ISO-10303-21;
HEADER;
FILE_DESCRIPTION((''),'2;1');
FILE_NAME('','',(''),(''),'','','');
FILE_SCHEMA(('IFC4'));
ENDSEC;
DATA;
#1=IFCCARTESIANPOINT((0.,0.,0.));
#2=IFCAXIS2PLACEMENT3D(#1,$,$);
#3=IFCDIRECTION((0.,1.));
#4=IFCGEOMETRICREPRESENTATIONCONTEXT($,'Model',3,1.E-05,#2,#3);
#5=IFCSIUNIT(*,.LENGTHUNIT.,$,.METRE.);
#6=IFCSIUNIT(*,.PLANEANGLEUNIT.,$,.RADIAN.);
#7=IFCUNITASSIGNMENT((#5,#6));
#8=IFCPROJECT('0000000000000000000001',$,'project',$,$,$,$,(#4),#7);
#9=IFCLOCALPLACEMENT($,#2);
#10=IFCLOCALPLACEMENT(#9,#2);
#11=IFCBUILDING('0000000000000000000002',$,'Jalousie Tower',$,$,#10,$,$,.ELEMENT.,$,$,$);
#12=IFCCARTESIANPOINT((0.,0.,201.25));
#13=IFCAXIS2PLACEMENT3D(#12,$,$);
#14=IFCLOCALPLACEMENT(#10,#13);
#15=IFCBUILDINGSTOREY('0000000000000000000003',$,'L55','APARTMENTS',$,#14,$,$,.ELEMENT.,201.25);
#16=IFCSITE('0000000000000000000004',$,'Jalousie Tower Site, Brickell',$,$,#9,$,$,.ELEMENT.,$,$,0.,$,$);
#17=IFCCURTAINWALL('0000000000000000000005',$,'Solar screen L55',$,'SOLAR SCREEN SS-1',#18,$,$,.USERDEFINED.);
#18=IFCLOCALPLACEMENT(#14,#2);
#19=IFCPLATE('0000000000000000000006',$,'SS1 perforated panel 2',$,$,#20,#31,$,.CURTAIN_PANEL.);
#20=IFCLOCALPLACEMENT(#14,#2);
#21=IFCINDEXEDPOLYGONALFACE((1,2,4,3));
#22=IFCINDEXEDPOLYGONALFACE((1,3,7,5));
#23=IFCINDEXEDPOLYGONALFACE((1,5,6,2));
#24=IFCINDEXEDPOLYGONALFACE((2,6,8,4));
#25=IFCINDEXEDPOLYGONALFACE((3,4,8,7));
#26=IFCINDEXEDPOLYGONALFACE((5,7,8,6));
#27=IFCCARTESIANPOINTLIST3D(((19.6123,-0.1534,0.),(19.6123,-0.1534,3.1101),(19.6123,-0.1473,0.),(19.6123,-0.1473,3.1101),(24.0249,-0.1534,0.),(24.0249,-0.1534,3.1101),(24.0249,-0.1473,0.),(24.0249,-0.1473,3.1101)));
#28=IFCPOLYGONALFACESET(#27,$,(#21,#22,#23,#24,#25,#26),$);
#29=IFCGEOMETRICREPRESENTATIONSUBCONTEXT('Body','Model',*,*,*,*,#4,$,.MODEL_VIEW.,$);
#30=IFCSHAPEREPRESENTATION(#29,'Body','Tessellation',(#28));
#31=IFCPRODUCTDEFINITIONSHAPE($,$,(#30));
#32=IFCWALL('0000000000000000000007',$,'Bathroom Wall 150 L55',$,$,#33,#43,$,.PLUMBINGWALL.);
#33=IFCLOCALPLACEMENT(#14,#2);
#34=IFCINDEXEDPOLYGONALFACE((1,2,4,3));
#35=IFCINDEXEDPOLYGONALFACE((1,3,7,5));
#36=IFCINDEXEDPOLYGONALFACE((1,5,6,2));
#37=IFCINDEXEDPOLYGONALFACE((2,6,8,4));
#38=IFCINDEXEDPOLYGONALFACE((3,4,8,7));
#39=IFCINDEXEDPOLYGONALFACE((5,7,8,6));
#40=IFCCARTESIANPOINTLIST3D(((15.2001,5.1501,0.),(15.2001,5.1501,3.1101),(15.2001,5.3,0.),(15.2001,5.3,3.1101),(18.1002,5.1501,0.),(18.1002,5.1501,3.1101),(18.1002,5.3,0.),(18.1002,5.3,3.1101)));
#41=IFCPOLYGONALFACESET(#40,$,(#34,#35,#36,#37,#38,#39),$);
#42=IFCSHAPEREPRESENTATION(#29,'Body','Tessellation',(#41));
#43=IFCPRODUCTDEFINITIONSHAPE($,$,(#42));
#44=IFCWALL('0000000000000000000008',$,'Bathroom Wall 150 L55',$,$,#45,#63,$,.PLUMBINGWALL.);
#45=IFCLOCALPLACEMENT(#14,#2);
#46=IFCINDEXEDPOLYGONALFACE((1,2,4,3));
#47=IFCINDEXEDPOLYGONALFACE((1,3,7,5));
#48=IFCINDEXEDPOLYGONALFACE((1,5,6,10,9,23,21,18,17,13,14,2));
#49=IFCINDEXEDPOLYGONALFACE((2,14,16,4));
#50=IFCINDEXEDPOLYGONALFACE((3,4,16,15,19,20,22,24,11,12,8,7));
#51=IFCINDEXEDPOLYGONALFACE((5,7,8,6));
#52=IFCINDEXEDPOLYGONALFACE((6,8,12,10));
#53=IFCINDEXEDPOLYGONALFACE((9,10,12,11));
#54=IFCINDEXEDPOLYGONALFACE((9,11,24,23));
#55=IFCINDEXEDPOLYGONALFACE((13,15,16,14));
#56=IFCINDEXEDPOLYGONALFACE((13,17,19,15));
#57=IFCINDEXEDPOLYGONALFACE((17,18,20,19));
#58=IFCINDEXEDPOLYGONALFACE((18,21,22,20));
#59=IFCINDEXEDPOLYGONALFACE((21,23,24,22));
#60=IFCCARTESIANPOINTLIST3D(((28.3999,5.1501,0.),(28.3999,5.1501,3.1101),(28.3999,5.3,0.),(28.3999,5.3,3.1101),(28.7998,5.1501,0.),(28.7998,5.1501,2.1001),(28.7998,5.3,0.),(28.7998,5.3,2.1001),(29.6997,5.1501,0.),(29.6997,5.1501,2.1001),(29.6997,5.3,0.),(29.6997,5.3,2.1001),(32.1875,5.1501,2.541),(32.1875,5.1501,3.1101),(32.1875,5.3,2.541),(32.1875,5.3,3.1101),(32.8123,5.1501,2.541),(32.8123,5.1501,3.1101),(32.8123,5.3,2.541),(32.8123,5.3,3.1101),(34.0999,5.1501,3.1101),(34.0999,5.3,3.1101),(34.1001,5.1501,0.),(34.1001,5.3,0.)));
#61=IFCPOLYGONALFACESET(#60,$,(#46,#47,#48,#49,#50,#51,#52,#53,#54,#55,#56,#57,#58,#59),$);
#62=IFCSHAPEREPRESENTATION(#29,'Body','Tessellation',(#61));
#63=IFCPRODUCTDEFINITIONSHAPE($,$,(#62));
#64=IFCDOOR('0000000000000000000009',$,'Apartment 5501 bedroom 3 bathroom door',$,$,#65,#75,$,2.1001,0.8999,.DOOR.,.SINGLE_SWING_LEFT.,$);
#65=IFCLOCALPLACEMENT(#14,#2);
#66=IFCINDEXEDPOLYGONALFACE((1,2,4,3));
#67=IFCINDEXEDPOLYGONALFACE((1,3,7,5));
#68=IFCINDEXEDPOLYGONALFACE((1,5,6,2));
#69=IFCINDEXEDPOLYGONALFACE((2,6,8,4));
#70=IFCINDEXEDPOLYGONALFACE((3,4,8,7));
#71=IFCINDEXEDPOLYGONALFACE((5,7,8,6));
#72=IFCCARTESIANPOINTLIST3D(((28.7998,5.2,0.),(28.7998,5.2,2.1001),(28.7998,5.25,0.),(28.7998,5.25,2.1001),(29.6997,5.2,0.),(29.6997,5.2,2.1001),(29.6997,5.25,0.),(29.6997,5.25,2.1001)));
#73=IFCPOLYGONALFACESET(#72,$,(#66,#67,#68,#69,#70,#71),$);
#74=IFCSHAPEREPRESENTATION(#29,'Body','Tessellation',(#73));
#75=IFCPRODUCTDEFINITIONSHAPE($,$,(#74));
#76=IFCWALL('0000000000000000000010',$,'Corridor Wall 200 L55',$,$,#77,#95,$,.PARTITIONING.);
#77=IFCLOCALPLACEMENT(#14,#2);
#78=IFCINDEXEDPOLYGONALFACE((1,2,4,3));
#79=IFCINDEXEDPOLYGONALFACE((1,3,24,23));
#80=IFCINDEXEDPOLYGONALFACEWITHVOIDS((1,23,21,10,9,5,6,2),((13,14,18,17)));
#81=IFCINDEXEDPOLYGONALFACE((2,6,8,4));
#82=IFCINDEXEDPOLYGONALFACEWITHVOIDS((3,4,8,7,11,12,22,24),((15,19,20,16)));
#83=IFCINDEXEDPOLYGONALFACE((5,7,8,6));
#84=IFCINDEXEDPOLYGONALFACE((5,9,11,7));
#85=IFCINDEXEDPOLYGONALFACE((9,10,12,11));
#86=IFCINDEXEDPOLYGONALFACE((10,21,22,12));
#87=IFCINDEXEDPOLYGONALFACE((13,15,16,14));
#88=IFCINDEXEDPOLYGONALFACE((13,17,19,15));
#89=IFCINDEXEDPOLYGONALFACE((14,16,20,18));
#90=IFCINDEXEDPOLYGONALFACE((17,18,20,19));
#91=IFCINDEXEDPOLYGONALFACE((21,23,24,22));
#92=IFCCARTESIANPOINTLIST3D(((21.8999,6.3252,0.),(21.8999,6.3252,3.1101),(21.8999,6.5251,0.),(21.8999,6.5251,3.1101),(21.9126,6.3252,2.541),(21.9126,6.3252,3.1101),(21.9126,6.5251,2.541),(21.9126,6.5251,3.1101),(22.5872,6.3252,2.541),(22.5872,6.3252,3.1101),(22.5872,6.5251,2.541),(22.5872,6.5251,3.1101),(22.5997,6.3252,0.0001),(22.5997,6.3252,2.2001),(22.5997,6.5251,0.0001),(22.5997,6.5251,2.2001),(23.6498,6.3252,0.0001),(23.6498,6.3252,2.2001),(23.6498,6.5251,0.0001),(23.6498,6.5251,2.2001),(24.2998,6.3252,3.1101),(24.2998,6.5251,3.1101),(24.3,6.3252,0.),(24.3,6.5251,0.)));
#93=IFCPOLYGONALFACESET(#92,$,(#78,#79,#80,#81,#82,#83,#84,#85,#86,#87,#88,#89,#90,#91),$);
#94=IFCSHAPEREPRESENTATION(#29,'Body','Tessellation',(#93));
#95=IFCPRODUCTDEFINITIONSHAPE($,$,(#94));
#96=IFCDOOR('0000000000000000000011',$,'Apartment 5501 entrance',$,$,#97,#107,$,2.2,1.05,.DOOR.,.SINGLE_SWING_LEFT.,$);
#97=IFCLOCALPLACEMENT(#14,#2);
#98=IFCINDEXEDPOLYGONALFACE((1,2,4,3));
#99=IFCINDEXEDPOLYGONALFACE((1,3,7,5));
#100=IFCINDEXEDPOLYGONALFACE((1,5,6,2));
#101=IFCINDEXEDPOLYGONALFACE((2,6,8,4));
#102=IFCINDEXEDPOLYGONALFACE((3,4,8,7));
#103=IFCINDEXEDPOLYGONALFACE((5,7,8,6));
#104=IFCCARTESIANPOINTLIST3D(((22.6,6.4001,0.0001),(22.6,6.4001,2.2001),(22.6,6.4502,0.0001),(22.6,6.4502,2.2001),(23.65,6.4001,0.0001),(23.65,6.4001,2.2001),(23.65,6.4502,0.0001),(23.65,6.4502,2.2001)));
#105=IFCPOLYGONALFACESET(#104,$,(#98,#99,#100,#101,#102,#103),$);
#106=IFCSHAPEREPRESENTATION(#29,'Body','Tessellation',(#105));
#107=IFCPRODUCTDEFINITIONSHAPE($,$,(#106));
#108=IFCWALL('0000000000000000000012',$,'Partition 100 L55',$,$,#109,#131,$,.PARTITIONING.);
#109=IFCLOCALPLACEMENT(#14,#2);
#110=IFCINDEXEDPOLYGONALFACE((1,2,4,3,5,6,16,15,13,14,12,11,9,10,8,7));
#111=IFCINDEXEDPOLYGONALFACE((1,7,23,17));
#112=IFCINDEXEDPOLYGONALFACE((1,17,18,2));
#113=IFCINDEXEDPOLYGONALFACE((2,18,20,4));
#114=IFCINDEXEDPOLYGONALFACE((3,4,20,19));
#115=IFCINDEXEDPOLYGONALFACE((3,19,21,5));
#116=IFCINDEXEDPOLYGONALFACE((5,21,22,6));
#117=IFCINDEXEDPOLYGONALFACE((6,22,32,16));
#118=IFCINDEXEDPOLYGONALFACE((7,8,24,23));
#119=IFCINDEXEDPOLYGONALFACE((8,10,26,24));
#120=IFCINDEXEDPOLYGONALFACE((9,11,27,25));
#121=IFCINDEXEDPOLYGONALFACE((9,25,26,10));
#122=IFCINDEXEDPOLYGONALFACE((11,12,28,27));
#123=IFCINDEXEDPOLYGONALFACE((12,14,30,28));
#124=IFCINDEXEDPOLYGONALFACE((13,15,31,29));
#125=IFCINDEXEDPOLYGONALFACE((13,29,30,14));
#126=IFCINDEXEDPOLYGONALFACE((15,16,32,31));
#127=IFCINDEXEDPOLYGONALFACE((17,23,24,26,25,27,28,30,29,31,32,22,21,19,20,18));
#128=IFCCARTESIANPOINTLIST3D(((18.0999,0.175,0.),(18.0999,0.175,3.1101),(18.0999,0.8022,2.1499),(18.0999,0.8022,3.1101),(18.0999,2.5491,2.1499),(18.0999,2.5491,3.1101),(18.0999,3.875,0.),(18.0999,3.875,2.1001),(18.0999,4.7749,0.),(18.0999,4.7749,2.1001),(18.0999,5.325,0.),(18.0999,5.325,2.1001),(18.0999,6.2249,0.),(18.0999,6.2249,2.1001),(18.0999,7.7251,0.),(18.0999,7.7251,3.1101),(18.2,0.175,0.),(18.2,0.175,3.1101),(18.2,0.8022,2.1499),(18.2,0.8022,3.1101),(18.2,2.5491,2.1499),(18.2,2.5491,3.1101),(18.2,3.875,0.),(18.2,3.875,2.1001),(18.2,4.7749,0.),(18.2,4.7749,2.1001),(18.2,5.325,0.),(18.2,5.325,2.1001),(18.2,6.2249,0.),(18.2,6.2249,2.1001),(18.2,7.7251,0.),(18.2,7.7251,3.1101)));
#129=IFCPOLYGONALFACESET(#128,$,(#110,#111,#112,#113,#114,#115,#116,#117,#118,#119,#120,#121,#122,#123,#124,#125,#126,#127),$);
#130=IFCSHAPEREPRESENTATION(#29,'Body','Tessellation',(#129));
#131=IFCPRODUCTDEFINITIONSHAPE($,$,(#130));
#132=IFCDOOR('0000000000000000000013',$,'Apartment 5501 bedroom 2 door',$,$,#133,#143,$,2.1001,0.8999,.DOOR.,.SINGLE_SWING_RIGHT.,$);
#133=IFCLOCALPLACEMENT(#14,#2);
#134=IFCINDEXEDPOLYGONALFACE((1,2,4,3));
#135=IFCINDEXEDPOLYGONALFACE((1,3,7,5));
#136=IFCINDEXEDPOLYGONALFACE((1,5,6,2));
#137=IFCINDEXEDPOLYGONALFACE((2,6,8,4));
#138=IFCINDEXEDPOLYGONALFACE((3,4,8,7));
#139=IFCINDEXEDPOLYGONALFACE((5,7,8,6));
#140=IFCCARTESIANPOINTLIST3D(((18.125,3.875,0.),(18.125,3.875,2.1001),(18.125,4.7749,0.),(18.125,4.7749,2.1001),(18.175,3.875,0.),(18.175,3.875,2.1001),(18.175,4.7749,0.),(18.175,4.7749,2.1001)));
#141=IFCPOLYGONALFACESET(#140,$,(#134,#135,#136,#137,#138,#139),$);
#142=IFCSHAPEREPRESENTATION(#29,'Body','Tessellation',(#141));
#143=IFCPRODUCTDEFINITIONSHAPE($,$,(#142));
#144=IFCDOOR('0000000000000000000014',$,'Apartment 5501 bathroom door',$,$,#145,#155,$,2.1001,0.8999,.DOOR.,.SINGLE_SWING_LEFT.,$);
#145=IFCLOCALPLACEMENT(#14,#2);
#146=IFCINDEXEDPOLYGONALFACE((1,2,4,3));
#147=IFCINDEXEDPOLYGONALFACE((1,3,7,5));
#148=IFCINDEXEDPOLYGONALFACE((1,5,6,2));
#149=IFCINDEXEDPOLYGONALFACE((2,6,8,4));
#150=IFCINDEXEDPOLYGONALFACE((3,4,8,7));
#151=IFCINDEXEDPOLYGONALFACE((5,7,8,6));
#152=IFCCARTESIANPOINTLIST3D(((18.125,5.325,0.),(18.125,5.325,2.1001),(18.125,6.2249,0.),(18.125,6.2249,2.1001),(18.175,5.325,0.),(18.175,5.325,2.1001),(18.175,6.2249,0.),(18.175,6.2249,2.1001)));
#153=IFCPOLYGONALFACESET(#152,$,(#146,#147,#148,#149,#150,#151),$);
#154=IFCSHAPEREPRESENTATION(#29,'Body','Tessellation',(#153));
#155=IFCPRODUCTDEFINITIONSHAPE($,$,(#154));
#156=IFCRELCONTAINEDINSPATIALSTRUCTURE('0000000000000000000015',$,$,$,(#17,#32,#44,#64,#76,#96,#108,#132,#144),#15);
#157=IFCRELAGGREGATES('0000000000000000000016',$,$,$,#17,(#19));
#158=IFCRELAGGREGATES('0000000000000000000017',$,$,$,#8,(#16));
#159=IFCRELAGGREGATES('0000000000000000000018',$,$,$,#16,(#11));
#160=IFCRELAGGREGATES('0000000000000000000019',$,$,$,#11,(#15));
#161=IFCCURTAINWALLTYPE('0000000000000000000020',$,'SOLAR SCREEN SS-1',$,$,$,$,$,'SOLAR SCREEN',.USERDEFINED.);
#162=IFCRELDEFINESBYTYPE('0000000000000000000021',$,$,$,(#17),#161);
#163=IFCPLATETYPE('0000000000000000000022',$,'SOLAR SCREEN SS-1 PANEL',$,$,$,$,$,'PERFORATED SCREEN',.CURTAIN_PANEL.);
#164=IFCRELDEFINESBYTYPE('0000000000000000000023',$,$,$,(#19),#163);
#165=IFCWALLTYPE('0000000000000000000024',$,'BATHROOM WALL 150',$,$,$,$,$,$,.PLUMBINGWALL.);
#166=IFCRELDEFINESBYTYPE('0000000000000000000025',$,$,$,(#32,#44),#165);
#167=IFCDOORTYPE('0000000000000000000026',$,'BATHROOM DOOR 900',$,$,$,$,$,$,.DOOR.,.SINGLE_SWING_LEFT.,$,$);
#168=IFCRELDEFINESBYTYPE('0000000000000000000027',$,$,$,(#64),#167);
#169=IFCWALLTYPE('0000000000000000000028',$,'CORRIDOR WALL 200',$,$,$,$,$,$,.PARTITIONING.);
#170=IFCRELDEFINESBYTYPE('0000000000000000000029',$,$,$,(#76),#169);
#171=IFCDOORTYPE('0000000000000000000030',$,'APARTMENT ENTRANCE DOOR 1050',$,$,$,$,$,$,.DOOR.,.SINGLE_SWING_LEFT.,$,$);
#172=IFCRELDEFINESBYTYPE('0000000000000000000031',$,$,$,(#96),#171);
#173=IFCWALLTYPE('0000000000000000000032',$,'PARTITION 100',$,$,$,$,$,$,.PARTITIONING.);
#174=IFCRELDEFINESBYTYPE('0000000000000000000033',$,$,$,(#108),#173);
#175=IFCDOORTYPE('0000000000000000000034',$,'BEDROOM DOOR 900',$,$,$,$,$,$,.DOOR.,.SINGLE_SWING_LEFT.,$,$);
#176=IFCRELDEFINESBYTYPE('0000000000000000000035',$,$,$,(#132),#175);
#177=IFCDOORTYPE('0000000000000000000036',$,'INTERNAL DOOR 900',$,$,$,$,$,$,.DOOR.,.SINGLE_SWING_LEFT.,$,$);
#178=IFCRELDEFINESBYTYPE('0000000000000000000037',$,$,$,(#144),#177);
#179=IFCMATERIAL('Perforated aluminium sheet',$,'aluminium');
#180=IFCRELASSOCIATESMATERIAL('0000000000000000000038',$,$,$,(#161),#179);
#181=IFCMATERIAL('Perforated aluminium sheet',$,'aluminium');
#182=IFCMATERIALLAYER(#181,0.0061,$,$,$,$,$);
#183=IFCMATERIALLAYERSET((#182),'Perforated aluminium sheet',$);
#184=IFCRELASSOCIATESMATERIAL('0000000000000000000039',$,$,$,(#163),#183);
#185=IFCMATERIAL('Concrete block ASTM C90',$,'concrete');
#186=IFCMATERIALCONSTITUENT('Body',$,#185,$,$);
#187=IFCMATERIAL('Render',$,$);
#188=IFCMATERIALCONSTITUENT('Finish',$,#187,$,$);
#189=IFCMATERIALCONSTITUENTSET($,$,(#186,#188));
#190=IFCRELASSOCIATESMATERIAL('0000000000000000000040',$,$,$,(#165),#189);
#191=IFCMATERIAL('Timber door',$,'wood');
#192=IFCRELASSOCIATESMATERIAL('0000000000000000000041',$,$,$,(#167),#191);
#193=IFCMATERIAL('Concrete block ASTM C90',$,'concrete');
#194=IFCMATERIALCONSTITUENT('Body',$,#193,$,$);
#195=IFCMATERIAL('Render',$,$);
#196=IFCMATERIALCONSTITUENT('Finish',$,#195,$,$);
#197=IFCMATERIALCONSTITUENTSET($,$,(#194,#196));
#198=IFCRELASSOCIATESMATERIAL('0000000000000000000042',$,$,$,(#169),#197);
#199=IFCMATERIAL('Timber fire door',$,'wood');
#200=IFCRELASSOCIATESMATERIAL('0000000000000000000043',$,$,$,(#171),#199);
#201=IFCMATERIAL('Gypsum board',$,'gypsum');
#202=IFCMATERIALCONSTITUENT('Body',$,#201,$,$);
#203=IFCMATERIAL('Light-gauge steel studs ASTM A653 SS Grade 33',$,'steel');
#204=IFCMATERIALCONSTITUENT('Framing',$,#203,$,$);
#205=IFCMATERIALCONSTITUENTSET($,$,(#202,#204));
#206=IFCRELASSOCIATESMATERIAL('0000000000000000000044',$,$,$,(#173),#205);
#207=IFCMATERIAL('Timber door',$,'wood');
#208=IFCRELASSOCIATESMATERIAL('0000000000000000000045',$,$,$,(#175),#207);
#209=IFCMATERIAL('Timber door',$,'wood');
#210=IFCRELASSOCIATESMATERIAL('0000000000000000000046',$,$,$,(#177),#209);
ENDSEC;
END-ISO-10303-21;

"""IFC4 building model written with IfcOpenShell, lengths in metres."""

from ifc_helpers import new_model, si_unit, direction, frame, frame_2d, origin, origin_2d, place, context, subcontext, project, spatial, polyline, rectangle, outline, extrude, material, layer, layer_set, constituent, constituent_set, type_object, element, fill, aggregate, save


model = new_model("IFC4")

# Units and contexts
model_context = context("Model", 3, precision=1e-05, world=origin(), true_north=direction((0.0, 1.0)))
body_context = subcontext(model_context, "Body", "Model", "MODEL_VIEW")
ifc_project = project(units=[si_unit("LENGTHUNIT", "METRE"), si_unit("PLANEANGLEUNIT", "RADIAN")], contexts=[model_context])

# Site, building, storey
site_placement = place(None, origin())
site = spatial("IfcSite", under=ifc_project, at=site_placement, Name="Jalousie Tower Site, Brickell", CompositionType="ELEMENT", RefElevation=0.0)
building_placement = place(site_placement, origin())
building = spatial("IfcBuilding", under=site, at=building_placement, Name="Jalousie Tower", CompositionType="ELEMENT")
storey_placement = place(building_placement, frame((0.0, 0.0, 201.25)))
storey = spatial("IfcBuildingStorey", under=building, at=storey_placement, Name="L55", Description="APARTMENTS", CompositionType="ELEMENT", Elevation=201.25)

# Curtain wall, plate
ifc_material_1 = material(Name="Perforated aluminium sheet", Category="aluminium")
curtain_wall_type = type_object("IfcCurtainWallType", Name="SOLAR SCREEN SS-1", ElementType="SOLAR SCREEN", PredefinedType="USERDEFINED", material=ifc_material_1)
curtain_wall_placement = place(storey_placement, origin())
curtain_wall = element("IfcCurtainWall", 1, at=curtain_wall_placement, inside=storey, type_object=curtain_wall_type, Name="Solar screen L55", ObjectType="SOLAR SCREEN SS-1", PredefinedType="USERDEFINED")
ifc_material_2 = material(Name="Perforated aluminium sheet", Category="aluminium")
ifc_layer_1 = layer(ifc_material_2, 0.0061)
ifc_layer_set_1 = layer_set([ifc_layer_1], Name="Perforated aluminium sheet")
plate_type = type_object("IfcPlateType", Name="SOLAR SCREEN SS-1 PANEL", ElementType="PERFORATED SCREEN", PredefinedType="CURTAIN_PANEL", material=ifc_layer_set_1)
plate_1_placement = place(storey_placement, frame((21.8186, -0.1504, 0.0), z_axis=(0.0, 0.0, 1.0), x_axis=(1.0, 0.0, 0.0)))
plate_1 = element("IfcPlate", 2, at=plate_1_placement, type_object=plate_type, Name="SS1 perforated panel 2", PredefinedType="CURTAIN_PANEL", context=body_context, shape_type="SweptSolid", body=[
    extrude(rectangle(XDim=4.4126, YDim=0.0061, at=origin_2d()), origin(), (0.0, 0.0, 1.0), 3.1101),
])
aggregate(curtain_wall, [plate_1])

# Wall
ifc_material_3 = material(Name="Concrete block ASTM C90", Category="concrete")
ifc_constituent_1 = constituent(ifc_material_3, Name="Body")
ifc_material_4 = material(Name="Render")
ifc_constituent_2 = constituent(ifc_material_4, Name="Finish")
ifc_constituent_set_1 = constituent_set(constituents=[ifc_constituent_1, ifc_constituent_2])
wall_type_1 = type_object("IfcWallType", Name="BATHROOM WALL 150", PredefinedType="PLUMBINGWALL", material=ifc_constituent_set_1)
wall_1_placement = place(storey_placement, frame((15.2, 5.2251, 0.0), z_axis=(0.0, 0.0, 1.0), x_axis=(1.0, 0.0, 0.0)))
element("IfcWall", 3, at=wall_1_placement, inside=storey, type_object=wall_type_1, Name="Bathroom Wall 150 L55", PredefinedType="PLUMBINGWALL", context=body_context, shape_type="SweptSolid", body=[
    extrude(rectangle(XDim=2.9001, YDim=0.1499, at=frame_2d((1.4502, 0.0))), origin(), (0.0, 0.0, 1.0), 3.1101),
])

# Walls, openings, doors
wall_2_placement = place(storey_placement, frame((28.3999, 5.2251, 0.0), z_axis=(0.0, 0.0, 1.0), x_axis=(1.0, 0.0, 0.0)))
wall_2 = element("IfcWall", 4, at=wall_2_placement, inside=storey, type_object=wall_type_1, Name="Bathroom Wall 150 L55", PredefinedType="PLUMBINGWALL", context=body_context, shape_type="SweptSolid", body=[
    extrude(outline(polyline([(0.0, 0.0), (5.7002, 0.0), (5.7, 3.1101), (4.4124, 3.1101), (4.4124, 2.541), (3.7876, 2.541), (3.7876, 3.1101), (0.0, 3.1101), (0.0, 0.0)])), frame((0.0, 0.075, 0.0), z_axis=(0.0, -1.0, 0.0), x_axis=(1.0, 0.0, 0.0)), (0.0, 0.0, 1.0), 0.1499),
])
opening_1_placement = place(wall_2_placement, frame((0.3999, 0.0, 0.0)))
opening_1 = element("IfcOpeningElement", 5, at=opening_1_placement, cuts=wall_2, PredefinedType="OPENING", context=body_context, shape_type="SweptSolid", body=[
    extrude(rectangle(XDim=0.8999, YDim=2.1001, at=frame_2d((0.45, 1.05))), frame((0.0, 0.085, 0.0), z_axis=(0.0, -1.0, 0.0), x_axis=(1.0, 0.0, 0.0)), (0.0, 0.0, 1.0), 0.1699),
])
ifc_material_5 = material(Name="Timber door", Category="wood")
door_type_1 = type_object("IfcDoorType", Name="BATHROOM DOOR 900", OperationType="SINGLE_SWING_LEFT", PredefinedType="DOOR", material=ifc_material_5)
door_1_placement = place(opening_1_placement, origin())
door_1 = element("IfcDoor", 6, at=door_1_placement, inside=storey, type_object=door_type_1, Name="Apartment 5501 bedroom 3 bathroom door", OperationType="SINGLE_SWING_LEFT", OverallHeight=2.1001, OverallWidth=0.8999, PredefinedType="DOOR", context=body_context, shape_type="SweptSolid", body=[
    extrude(rectangle(XDim=0.8999, YDim=2.1001, at=frame_2d((0.45, 1.05))), frame((0.0, 0.0249, 0.0), z_axis=(0.0, -1.0, 0.0), x_axis=(1.0, 0.0, 0.0)), (0.0, 0.0, 1.0), 0.05),
])
fill(opening_1, door_1)
ifc_material_6 = material(Name="Concrete block ASTM C90", Category="concrete")
ifc_constituent_3 = constituent(ifc_material_6, Name="Body")
ifc_material_7 = material(Name="Render")
ifc_constituent_4 = constituent(ifc_material_7, Name="Finish")
ifc_constituent_set_2 = constituent_set(constituents=[ifc_constituent_3, ifc_constituent_4])
wall_type_2 = type_object("IfcWallType", Name="CORRIDOR WALL 200", PredefinedType="PARTITIONING", material=ifc_constituent_set_2)
wall_3_placement = place(storey_placement, frame((21.8999, 6.425, 0.0), z_axis=(0.0, 0.0, 1.0), x_axis=(1.0, 0.0, 0.0)))
wall_3 = element("IfcWall", 7, at=wall_3_placement, inside=storey, type_object=wall_type_2, Name="Corridor Wall 200 L55", PredefinedType="PARTITIONING", context=body_context, shape_type="SweptSolid", body=[
    extrude(outline(polyline([(0.0, 0.0), (2.4001, 0.0), (2.3999, 3.1101), (0.6873, 3.1101), (0.6873, 2.541), (0.0127, 2.541), (0.0127, 3.1101), (0.0, 3.1101), (0.0, 0.0)])), frame((0.0, 0.1001, 0.0), z_axis=(0.0, -1.0, 0.0), x_axis=(1.0, 0.0, 0.0)), (0.0, 0.0, 1.0), 0.2),
])
opening_2_placement = place(wall_3_placement, frame((0.7, 0.0, 0.0)))
opening_2 = element("IfcOpeningElement", 8, at=opening_2_placement, cuts=wall_3, PredefinedType="OPENING", context=body_context, shape_type="SweptSolid", body=[
    extrude(rectangle(XDim=1.05, YDim=2.2, at=frame_2d((0.5249, 1.1001))), frame((0.0, 0.1099, 0.0), z_axis=(0.0, -1.0, 0.0), x_axis=(1.0, 0.0, 0.0)), (0.0, 0.0, 1.0), 0.22),
])
ifc_material_8 = material(Name="Timber fire door", Category="wood")
door_type_2 = type_object("IfcDoorType", Name="APARTMENT ENTRANCE DOOR 1050", OperationType="SINGLE_SWING_LEFT", PredefinedType="DOOR", material=ifc_material_8)
door_2_placement = place(opening_2_placement, frame((1.05, 0.0, 0.0), z_axis=(0.0, 0.0, 1.0), x_axis=(-1.0, 0.0, 0.0)))
door_2 = element("IfcDoor", 9, at=door_2_placement, inside=storey, type_object=door_type_2, Name="Apartment 5501 entrance", OperationType="SINGLE_SWING_LEFT", OverallHeight=2.2, OverallWidth=1.05, PredefinedType="DOOR", context=body_context, shape_type="SweptSolid", body=[
    extrude(rectangle(XDim=1.05, YDim=2.2, at=frame_2d((0.5249, 1.1001))), frame((0.0, 0.0249, 0.0), z_axis=(0.0, -1.0, 0.0), x_axis=(1.0, 0.0, 0.0)), (0.0, 0.0, 1.0), 0.05),
])
fill(opening_2, door_2)

# Wall, openings, doors
ifc_material_9 = material(Name="Gypsum board", Category="gypsum")
ifc_constituent_5 = constituent(ifc_material_9, Name="Body")
ifc_material_10 = material(Name="Light-gauge steel studs ASTM A653 SS Grade 33", Category="steel")
ifc_constituent_6 = constituent(ifc_material_10, Name="Framing")
ifc_constituent_set_3 = constituent_set(constituents=[ifc_constituent_5, ifc_constituent_6])
wall_type_3 = type_object("IfcWallType", Name="PARTITION 100", PredefinedType="PARTITIONING", material=ifc_constituent_set_3)
wall_4_placement = place(storey_placement, frame((18.1499, 0.175, 0.0), z_axis=(0.0, 0.0, 1.0), x_axis=(0.0, 1.0, 0.0)))
wall_4 = element("IfcWall", 10, at=wall_4_placement, inside=storey, type_object=wall_type_3, Name="Partition 100 L55", PredefinedType="PARTITIONING", context=body_context, shape_type="SweptSolid", body=[
    extrude(outline(polyline([(0.0, 0.0), (7.55, 0.0), (7.55, 3.1101), (2.374, 3.1101), (2.374, 2.1499), (0.6272, 2.1499), (0.6272, 3.1101), (0.0, 3.1101), (0.0, 0.0)])), frame((0.0, 0.05, 0.0), z_axis=(0.0, -1.0, 0.0), x_axis=(1.0, 0.0, 0.0)), (0.0, 0.0, 1.0), 0.1001),
])
opening_3_placement = place(wall_4_placement, frame((3.7, 0.0, 0.0)))
opening_3 = element("IfcOpeningElement", 11, at=opening_3_placement, cuts=wall_4, PredefinedType="OPENING", context=body_context, shape_type="SweptSolid", body=[
    extrude(rectangle(XDim=0.8999, YDim=2.1001, at=frame_2d((0.45, 1.05))), frame((0.0, 0.0601, 0.0), z_axis=(0.0, -1.0, 0.0), x_axis=(1.0, 0.0, 0.0)), (0.0, 0.0, 1.0), 0.1201),
])
opening_4_placement = place(wall_4_placement, frame((5.1499, 0.0, 0.0)))
opening_4 = element("IfcOpeningElement", 12, at=opening_4_placement, cuts=wall_4, PredefinedType="OPENING", context=body_context, shape_type="SweptSolid", body=[
    extrude(rectangle(XDim=0.8999, YDim=2.1001, at=frame_2d((0.45, 1.05))), frame((0.0, 0.0601, 0.0), z_axis=(0.0, -1.0, 0.0), x_axis=(1.0, 0.0, 0.0)), (0.0, 0.0, 1.0), 0.1201),
])
ifc_material_11 = material(Name="Timber door", Category="wood")
door_type_3 = type_object("IfcDoorType", Name="BEDROOM DOOR 900", OperationType="SINGLE_SWING_LEFT", PredefinedType="DOOR", material=ifc_material_11)
door_3_placement = place(opening_3_placement, origin())
door_3 = element("IfcDoor", 13, at=door_3_placement, inside=storey, type_object=door_type_3, Name="Apartment 5501 bedroom 2 door", OperationType="SINGLE_SWING_RIGHT", OverallHeight=2.1001, OverallWidth=0.8999, PredefinedType="DOOR", context=body_context, shape_type="SweptSolid", body=[
    extrude(rectangle(XDim=0.8999, YDim=2.1001, at=frame_2d((0.45, 1.05))), frame((0.0, 0.0249, 0.0), z_axis=(0.0, -1.0, 0.0), x_axis=(1.0, 0.0, 0.0)), (0.0, 0.0, 1.0), 0.05),
])
fill(opening_3, door_3)
ifc_material_12 = material(Name="Timber door", Category="wood")
door_type_4 = type_object("IfcDoorType", Name="INTERNAL DOOR 900", OperationType="SINGLE_SWING_LEFT", PredefinedType="DOOR", material=ifc_material_12)
door_4_placement = place(opening_4_placement, origin())
door_4 = element("IfcDoor", 14, at=door_4_placement, inside=storey, type_object=door_type_4, Name="Apartment 5501 bathroom door", OperationType="SINGLE_SWING_LEFT", OverallHeight=2.1001, OverallWidth=0.8999, PredefinedType="DOOR", context=body_context, shape_type="SweptSolid", body=[
    extrude(rectangle(XDim=0.8999, YDim=2.1001, at=frame_2d((0.45, 1.05))), frame((0.0, 0.0249, 0.0), z_axis=(0.0, -1.0, 0.0), x_axis=(1.0, 0.0, 0.0)), (0.0, 0.0, 1.0), 0.05),
])
fill(opening_4, door_4)

save(model, "model.ifc")
